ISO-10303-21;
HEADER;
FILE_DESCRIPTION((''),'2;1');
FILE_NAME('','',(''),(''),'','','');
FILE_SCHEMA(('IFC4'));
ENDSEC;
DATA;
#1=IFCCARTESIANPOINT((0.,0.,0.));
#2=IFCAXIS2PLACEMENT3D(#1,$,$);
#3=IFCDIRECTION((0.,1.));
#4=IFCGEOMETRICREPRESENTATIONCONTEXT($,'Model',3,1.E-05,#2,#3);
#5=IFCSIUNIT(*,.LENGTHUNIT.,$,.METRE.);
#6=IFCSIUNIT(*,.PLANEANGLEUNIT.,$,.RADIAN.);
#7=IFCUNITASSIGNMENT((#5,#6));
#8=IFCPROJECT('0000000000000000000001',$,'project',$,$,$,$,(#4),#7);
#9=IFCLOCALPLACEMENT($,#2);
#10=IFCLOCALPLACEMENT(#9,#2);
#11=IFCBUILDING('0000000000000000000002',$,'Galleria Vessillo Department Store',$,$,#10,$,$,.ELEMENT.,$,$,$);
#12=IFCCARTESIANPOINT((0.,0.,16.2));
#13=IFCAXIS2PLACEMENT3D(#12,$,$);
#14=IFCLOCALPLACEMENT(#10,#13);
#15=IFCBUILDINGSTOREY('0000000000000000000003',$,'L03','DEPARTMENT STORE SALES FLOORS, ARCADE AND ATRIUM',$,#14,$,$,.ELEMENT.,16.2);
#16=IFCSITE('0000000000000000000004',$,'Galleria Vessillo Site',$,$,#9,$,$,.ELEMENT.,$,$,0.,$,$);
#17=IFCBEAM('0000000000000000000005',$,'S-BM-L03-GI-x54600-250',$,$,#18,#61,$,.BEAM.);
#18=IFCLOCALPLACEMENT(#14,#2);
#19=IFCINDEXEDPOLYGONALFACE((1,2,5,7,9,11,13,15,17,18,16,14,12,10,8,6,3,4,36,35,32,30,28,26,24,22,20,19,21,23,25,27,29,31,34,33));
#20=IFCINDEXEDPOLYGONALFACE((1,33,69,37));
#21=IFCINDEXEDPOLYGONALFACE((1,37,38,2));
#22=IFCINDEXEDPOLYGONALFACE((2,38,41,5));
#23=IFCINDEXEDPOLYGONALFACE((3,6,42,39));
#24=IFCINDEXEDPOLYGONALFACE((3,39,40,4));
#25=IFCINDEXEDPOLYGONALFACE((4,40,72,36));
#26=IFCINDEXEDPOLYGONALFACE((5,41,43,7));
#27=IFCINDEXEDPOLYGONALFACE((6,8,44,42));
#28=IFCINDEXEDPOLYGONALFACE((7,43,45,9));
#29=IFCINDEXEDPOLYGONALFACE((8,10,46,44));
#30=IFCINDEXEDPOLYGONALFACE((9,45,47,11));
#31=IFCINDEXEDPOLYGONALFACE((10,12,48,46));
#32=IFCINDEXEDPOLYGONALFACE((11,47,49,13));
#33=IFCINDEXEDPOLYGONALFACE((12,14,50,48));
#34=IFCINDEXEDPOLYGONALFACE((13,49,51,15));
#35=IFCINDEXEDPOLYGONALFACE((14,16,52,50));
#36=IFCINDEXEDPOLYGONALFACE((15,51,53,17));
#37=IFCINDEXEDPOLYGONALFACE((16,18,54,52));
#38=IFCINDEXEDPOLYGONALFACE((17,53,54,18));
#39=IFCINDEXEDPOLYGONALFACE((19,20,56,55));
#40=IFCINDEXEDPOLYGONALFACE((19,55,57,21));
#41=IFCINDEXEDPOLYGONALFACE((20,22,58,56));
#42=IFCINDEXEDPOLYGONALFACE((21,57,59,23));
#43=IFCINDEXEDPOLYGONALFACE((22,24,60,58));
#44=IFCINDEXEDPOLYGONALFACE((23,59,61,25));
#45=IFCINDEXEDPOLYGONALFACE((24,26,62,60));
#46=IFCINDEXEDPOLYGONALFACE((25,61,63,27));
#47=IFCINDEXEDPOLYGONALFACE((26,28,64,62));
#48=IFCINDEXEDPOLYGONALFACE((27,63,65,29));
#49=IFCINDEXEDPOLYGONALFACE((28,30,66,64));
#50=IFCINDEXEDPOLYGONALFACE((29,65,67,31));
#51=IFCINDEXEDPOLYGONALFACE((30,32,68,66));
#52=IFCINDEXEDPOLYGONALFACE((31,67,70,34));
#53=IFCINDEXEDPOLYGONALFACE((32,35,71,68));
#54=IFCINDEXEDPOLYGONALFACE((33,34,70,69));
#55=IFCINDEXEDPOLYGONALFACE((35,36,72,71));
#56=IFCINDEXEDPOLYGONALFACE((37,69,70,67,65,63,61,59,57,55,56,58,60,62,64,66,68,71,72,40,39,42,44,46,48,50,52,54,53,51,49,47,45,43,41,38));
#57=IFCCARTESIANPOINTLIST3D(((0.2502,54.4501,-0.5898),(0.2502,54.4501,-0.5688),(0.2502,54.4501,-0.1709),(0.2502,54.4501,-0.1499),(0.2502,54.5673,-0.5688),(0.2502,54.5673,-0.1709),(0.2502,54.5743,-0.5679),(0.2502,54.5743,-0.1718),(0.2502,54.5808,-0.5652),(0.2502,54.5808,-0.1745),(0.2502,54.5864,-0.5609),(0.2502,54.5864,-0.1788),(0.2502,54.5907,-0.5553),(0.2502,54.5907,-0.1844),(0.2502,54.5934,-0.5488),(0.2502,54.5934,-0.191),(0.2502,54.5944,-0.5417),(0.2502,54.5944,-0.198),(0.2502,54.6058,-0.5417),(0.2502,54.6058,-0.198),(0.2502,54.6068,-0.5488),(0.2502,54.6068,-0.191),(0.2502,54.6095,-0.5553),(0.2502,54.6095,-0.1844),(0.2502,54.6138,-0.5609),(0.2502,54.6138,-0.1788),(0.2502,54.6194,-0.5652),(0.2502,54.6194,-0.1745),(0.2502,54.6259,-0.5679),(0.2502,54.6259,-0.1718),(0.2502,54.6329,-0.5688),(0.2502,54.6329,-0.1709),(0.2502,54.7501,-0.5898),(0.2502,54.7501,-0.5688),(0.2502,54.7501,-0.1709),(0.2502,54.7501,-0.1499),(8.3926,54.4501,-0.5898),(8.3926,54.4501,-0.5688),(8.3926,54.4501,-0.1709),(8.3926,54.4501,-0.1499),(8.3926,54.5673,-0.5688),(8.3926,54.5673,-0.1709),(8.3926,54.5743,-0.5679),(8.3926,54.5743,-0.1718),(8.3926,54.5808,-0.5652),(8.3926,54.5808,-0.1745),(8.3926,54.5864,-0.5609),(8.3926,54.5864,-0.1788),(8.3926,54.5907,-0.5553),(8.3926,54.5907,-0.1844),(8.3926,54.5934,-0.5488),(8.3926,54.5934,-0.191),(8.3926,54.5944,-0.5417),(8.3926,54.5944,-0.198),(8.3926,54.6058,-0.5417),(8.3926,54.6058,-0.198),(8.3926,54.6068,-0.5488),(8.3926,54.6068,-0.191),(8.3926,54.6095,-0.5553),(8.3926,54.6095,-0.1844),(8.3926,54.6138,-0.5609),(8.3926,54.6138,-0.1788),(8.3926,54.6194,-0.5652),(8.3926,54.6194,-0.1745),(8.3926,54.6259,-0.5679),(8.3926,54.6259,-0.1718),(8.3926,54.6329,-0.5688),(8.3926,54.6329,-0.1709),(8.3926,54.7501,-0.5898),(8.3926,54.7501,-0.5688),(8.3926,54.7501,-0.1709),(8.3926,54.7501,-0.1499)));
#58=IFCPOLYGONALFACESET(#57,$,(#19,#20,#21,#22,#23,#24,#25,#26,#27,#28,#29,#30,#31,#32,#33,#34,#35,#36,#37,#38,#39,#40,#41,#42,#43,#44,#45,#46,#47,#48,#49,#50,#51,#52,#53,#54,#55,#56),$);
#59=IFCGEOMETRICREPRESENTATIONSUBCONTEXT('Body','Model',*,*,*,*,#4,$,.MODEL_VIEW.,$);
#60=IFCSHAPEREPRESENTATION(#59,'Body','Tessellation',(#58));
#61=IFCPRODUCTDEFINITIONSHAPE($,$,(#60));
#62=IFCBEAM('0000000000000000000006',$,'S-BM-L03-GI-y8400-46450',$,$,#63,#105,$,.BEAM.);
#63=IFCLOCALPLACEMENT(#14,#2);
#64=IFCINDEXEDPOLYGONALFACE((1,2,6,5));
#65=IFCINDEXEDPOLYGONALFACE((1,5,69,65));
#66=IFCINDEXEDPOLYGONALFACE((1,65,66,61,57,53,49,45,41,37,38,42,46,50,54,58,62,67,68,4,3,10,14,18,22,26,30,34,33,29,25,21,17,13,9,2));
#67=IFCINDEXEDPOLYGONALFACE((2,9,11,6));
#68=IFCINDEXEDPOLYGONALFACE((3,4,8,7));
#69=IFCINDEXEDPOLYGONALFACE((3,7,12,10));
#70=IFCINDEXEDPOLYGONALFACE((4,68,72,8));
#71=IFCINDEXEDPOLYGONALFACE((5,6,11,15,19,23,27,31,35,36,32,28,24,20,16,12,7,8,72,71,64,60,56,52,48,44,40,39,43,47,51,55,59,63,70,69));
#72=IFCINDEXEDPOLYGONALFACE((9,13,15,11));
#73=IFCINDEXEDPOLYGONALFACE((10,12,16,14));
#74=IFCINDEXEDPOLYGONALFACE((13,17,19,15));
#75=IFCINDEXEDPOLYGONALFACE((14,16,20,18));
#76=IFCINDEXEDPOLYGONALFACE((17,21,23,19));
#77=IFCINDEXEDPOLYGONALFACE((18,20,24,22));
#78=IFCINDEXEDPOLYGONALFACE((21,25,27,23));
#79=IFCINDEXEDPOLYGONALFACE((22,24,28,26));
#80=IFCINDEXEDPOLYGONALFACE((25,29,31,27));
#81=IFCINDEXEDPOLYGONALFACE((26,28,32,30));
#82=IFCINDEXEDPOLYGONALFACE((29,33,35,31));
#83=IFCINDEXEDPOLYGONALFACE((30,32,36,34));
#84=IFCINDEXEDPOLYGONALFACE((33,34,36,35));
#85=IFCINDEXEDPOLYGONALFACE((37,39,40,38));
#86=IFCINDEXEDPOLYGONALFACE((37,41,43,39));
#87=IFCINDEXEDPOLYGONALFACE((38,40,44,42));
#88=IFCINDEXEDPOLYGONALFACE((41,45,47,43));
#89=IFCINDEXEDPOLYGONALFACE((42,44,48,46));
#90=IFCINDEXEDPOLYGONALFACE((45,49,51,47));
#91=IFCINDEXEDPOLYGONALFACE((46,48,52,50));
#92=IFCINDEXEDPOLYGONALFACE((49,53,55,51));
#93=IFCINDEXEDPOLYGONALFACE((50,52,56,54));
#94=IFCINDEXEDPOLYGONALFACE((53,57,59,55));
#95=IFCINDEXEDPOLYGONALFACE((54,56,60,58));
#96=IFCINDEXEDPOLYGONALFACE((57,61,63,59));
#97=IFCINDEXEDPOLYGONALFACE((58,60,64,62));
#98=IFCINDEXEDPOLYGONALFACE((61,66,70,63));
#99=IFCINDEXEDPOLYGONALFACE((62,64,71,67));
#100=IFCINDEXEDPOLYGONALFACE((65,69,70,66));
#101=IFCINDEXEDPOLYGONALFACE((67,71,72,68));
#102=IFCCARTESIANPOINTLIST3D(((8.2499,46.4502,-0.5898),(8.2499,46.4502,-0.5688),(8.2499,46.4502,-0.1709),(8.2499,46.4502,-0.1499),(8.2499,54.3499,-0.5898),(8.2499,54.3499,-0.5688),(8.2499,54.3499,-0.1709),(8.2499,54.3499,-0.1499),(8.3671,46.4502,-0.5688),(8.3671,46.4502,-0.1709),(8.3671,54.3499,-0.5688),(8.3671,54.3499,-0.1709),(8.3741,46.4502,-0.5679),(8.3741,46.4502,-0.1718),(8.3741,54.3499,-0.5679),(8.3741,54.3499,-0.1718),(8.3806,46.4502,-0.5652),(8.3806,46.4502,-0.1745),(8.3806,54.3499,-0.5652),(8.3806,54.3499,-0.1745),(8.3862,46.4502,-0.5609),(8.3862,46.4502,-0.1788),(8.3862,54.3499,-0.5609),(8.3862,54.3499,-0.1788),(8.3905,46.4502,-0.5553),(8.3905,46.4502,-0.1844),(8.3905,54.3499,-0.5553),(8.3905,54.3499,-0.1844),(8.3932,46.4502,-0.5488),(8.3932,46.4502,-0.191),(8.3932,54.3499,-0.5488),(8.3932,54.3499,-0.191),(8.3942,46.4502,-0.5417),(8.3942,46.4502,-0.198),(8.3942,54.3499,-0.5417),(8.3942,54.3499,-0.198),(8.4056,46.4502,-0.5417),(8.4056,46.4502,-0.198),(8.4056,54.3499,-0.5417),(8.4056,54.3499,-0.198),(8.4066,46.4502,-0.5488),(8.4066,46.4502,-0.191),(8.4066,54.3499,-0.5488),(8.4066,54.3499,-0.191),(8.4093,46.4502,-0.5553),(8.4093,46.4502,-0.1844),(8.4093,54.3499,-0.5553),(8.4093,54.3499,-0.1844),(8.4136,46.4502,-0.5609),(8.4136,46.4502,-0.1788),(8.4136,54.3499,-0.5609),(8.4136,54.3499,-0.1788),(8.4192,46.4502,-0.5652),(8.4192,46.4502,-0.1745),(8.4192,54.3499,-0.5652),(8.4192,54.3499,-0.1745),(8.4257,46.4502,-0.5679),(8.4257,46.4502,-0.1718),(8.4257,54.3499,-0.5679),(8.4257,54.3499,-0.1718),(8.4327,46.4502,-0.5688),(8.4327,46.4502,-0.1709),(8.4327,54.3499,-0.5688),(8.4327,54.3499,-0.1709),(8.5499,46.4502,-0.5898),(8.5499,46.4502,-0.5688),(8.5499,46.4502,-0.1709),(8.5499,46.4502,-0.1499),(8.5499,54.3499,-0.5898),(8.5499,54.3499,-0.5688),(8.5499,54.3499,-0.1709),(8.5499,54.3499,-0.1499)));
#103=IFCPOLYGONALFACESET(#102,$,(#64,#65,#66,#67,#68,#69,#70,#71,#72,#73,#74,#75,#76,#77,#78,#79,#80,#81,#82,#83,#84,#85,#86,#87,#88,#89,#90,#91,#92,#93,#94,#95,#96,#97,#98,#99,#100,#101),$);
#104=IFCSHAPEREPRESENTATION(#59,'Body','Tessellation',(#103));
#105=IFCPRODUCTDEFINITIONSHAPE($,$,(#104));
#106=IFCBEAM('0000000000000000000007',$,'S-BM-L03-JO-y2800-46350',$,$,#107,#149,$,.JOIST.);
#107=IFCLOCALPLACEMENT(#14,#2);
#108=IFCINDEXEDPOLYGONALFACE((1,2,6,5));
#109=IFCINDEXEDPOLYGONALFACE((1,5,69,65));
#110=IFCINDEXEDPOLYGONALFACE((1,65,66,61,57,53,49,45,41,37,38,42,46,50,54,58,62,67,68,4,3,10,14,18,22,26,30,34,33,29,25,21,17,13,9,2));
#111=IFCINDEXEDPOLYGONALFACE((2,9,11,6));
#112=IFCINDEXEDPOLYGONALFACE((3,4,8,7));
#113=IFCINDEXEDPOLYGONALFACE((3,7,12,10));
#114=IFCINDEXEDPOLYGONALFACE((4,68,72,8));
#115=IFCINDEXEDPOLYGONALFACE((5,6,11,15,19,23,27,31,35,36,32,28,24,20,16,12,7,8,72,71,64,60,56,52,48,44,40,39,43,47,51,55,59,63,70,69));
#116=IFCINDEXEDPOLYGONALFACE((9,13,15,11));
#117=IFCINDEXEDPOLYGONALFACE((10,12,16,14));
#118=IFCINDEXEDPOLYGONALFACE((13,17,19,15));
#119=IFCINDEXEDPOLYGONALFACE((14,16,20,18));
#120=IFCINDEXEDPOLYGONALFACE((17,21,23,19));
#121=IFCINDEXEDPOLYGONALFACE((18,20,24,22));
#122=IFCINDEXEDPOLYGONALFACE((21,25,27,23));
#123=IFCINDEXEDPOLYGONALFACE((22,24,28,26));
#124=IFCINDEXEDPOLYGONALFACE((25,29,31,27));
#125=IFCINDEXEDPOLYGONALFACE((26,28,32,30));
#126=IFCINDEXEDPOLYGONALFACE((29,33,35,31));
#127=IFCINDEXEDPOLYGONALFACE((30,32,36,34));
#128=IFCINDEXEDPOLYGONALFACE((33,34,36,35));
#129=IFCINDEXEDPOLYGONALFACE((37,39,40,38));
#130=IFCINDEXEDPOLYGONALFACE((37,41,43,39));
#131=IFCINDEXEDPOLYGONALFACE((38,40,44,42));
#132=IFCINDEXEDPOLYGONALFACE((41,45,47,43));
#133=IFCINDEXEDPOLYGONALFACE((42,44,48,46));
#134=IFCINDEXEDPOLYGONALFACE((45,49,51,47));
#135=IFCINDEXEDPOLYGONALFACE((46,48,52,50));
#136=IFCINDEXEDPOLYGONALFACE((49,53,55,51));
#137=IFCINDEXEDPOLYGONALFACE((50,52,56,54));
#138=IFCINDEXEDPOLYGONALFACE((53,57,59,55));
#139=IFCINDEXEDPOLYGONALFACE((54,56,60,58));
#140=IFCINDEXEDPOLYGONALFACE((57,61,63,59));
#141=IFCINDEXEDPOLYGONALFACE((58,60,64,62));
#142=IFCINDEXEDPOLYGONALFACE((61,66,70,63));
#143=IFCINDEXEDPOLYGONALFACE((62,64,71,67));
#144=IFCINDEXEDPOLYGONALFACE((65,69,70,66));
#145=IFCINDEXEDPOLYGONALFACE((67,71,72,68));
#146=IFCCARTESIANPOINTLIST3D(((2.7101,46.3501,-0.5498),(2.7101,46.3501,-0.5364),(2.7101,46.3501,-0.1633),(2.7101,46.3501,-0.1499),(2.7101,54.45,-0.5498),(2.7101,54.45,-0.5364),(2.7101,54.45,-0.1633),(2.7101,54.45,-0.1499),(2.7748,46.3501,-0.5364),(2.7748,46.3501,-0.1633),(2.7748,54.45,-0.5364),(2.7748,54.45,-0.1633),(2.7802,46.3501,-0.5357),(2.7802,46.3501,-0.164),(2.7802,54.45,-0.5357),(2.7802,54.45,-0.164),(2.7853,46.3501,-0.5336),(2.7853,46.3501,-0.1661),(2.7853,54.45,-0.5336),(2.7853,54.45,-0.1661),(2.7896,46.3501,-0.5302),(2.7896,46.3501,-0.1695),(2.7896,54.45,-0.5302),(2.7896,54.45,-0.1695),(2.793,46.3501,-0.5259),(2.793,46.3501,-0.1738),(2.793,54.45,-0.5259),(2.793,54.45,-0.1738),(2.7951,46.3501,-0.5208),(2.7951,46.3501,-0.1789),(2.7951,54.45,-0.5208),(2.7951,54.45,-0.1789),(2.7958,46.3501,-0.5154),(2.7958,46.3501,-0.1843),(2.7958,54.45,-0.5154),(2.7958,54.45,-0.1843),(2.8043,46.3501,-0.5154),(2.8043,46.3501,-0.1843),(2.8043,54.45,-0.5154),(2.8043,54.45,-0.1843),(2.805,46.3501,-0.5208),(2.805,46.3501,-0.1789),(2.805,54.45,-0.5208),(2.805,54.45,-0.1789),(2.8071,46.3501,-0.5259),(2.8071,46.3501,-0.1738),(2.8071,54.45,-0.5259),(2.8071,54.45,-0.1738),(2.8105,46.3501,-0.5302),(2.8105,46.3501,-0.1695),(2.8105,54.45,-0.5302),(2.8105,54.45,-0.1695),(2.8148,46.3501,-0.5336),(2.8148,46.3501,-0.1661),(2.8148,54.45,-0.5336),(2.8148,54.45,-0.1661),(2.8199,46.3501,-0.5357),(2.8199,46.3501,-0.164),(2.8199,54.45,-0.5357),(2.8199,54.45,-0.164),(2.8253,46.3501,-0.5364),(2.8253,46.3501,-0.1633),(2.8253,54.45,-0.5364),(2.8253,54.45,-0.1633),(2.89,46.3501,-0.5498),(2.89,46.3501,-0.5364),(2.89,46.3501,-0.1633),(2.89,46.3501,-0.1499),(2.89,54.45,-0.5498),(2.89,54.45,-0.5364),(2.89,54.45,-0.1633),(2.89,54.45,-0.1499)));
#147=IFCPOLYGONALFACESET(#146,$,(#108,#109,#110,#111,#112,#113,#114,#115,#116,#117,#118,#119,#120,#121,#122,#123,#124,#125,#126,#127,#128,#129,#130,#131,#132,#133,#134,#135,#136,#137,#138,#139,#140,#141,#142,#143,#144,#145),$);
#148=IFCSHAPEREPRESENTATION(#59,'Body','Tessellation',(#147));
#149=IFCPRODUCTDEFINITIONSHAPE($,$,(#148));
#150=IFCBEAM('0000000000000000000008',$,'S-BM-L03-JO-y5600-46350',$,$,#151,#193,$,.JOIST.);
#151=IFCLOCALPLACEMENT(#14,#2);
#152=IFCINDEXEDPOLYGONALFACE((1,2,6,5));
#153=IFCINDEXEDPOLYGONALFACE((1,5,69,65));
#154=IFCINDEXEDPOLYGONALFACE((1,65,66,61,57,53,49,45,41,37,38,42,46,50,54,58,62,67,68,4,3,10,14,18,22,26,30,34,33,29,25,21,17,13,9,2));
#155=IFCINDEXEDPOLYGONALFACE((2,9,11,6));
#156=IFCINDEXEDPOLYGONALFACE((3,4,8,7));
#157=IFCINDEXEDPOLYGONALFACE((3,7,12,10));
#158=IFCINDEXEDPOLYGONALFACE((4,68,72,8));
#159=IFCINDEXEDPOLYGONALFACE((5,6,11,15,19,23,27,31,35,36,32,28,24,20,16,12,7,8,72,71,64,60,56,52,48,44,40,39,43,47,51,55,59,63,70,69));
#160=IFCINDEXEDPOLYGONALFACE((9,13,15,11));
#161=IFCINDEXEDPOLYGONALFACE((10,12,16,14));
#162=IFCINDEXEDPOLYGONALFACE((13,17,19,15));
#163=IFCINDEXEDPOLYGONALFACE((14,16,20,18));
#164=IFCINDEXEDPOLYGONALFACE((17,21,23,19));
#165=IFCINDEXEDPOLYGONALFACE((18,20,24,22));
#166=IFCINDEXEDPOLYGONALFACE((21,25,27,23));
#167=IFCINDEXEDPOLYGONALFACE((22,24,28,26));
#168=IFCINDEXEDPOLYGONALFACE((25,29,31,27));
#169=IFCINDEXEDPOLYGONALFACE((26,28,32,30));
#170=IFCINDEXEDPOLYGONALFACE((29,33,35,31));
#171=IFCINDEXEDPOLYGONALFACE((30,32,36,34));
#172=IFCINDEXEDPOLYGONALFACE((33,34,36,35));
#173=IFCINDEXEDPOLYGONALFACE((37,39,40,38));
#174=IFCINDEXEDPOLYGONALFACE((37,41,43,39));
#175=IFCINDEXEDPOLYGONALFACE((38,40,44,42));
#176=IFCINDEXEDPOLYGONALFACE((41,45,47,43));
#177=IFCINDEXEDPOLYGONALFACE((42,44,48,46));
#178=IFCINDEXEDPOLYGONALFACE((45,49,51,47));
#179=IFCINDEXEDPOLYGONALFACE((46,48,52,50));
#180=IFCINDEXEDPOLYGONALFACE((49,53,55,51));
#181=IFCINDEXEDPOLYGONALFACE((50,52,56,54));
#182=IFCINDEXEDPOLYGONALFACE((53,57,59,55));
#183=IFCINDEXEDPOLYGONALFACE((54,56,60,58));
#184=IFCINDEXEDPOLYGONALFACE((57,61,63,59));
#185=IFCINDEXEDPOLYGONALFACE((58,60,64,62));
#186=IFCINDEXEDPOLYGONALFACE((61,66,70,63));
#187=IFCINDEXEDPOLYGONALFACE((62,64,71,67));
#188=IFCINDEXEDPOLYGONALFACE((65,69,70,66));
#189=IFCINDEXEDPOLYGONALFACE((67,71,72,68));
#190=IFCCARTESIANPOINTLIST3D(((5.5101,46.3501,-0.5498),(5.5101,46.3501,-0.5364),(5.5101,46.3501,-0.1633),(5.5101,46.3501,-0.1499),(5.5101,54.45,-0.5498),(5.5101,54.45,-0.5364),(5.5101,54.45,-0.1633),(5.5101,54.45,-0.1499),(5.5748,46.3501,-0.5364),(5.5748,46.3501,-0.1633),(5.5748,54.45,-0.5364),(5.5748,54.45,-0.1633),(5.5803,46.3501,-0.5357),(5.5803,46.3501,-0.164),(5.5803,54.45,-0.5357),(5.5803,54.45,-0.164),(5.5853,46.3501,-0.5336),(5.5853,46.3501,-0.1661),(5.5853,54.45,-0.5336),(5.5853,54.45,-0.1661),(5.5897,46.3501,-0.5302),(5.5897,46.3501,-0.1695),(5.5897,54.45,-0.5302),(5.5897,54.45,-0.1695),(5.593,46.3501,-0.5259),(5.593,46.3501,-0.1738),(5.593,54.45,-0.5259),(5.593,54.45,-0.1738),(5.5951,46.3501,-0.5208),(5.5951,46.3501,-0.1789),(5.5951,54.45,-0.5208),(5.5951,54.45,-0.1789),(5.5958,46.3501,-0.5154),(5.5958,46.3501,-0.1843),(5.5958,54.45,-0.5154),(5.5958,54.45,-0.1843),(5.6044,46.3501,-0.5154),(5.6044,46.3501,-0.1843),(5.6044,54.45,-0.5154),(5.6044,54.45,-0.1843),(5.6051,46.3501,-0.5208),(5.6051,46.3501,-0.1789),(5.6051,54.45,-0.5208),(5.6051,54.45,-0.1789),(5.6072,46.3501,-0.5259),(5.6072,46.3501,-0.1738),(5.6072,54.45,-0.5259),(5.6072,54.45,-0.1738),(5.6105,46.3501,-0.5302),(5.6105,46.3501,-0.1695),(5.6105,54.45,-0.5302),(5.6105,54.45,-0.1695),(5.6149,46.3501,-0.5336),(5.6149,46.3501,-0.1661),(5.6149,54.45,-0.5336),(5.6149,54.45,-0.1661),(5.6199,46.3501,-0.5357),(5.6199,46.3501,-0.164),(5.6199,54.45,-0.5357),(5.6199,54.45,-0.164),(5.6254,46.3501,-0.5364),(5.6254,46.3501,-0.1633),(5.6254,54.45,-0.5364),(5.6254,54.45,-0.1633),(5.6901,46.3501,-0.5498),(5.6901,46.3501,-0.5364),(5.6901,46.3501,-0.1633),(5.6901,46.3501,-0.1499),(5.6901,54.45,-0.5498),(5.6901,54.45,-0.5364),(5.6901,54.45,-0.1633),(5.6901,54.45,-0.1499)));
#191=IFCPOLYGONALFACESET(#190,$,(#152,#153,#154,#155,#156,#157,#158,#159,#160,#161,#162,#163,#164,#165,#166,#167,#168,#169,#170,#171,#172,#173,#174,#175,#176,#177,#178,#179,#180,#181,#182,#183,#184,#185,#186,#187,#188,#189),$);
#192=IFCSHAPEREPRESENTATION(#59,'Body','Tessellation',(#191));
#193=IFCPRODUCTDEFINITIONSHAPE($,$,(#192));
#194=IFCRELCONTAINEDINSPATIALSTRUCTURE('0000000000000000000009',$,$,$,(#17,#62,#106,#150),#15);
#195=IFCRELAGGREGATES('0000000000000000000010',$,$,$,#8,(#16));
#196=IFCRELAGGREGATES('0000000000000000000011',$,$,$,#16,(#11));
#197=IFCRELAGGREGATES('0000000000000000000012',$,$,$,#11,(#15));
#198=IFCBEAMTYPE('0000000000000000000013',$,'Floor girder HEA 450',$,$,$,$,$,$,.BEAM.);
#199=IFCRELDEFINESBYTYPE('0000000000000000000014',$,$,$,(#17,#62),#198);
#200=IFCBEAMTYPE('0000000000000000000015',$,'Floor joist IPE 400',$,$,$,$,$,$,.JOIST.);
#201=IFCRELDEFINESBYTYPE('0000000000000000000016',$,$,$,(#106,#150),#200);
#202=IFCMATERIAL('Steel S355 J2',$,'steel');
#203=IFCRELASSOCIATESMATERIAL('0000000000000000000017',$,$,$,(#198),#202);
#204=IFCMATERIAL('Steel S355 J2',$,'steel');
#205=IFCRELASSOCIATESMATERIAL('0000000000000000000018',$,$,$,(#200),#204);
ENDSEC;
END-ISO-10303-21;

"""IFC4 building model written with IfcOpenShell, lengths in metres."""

from ifc_helpers import new_model, si_unit, direction, frame, origin, origin_2d, place, context, subcontext, project, spatial, i_section, extrude, material, material_profile, profile_set, type_object, element, save


model = new_model("IFC4")

# Units and contexts
model_context = context("Model", 3, precision=1e-05, world=origin(), true_north=direction((0.0, 1.0)))
body_context = subcontext(model_context, "Body", "Model", "MODEL_VIEW")
ifc_project = project(units=[si_unit("LENGTHUNIT", "METRE"), si_unit("PLANEANGLEUNIT", "RADIAN")], contexts=[model_context])

# Site, building, storey
site_placement = place(None, origin())
site = spatial("IfcSite", under=ifc_project, at=site_placement, Name="Galleria Vessillo Site", CompositionType="ELEMENT", RefElevation=0.0)
building_placement = place(site_placement, origin())
building = spatial("IfcBuilding", under=site, at=building_placement, Name="Galleria Vessillo Department Store", CompositionType="ELEMENT")
storey_placement = place(building_placement, frame((0.0, 0.0, 16.2)))
storey = spatial("IfcBuildingStorey", under=building, at=storey_placement, Name="L03", Description="DEPARTMENT STORE SALES FLOORS, ARCADE AND ATRIUM", CompositionType="ELEMENT", Elevation=16.2)

# Beams
ifc_material_1 = material(Name="Steel S355 J2", Category="steel")
ifc_material_profile_1 = material_profile(ifc_material_1, i_section(OverallWidth=0.3, OverallDepth=0.4399, WebThickness=0.0115, FlangeThickness=0.021, FilletRadius=0.0271, at=origin_2d()), Name="HEA 450")
ifc_profile_set_1 = profile_set([ifc_material_profile_1], Name="Steel S355 J2")
beam_type_1 = type_object("IfcBeamType", Name="Floor girder HEA 450", PredefinedType="BEAM", material=ifc_profile_set_1)
for number, where, z_axis, x_axis, name in (
    (1, (0.2502, 54.6001, -0.3699), (1.0, 0.0, 0.0), (0.0, 1.0, 0.0), "S-BM-L03-GI-x54600-250"),
):
    element("IfcBeam", number, at=place(storey_placement, frame(where, z_axis=z_axis, x_axis=x_axis)), inside=storey, type_object=beam_type_1, Name=name, PredefinedType="BEAM", context=body_context, shape_type="SweptSolid", body=[
        extrude(i_section(OverallWidth=0.3, OverallDepth=0.4399, WebThickness=0.0115, FlangeThickness=0.021, FilletRadius=0.0271, at=origin_2d()), origin(), (0.0, 0.0, 1.0), 8.1423),
    ])
beam_1_placement = place(storey_placement, frame((8.3999, 46.4502, -0.3699), z_axis=(0.0, 1.0, 0.0), x_axis=(-1.0, 0.0, 0.0)))
element("IfcBeam", 2, at=beam_1_placement, inside=storey, type_object=beam_type_1, Name="S-BM-L03-GI-y8400-46450", PredefinedType="BEAM", context=body_context, shape_type="SweptSolid", body=[
    extrude(i_section(OverallWidth=0.3, OverallDepth=0.4399, WebThickness=0.0115, FlangeThickness=0.021, FilletRadius=0.0271, at=origin_2d()), origin(), (0.0, 0.0, 1.0), 7.8997),
])
ifc_material_2 = material(Name="Steel S355 J2", Category="steel")
ifc_material_profile_2 = material_profile(ifc_material_2, i_section(OverallWidth=0.1799, OverallDepth=0.3999, WebThickness=0.0085, FlangeThickness=0.0134, FilletRadius=0.021, at=origin_2d()), Name="IPE 400")
ifc_profile_set_2 = profile_set([ifc_material_profile_2], Name="Steel S355 J2")
beam_type_2 = type_object("IfcBeamType", Name="Floor joist IPE 400", PredefinedType="JOIST", material=ifc_profile_set_2)
for number, where, z_axis, x_axis, name in (
    (3, (2.8, 46.3501, -0.3499), (0.0, 1.0, 0.0), (-1.0, 0.0, 0.0), "S-BM-L03-JO-y2800-46350"),
    (4, (5.6001, 46.3501, -0.3499), (0.0, 1.0, 0.0), (-1.0, 0.0, 0.0), "S-BM-L03-JO-y5600-46350"),
):
    element("IfcBeam", number, at=place(storey_placement, frame(where, z_axis=z_axis, x_axis=x_axis)), inside=storey, type_object=beam_type_2, Name=name, PredefinedType="JOIST", context=body_context, shape_type="SweptSolid", body=[
        extrude(i_section(OverallWidth=0.1799, OverallDepth=0.3999, WebThickness=0.0085, FlangeThickness=0.0134, FilletRadius=0.021, at=origin_2d()), origin(), (0.0, 0.0, 1.0), 8.0999),
    ])

save(model, "model.ifc")
